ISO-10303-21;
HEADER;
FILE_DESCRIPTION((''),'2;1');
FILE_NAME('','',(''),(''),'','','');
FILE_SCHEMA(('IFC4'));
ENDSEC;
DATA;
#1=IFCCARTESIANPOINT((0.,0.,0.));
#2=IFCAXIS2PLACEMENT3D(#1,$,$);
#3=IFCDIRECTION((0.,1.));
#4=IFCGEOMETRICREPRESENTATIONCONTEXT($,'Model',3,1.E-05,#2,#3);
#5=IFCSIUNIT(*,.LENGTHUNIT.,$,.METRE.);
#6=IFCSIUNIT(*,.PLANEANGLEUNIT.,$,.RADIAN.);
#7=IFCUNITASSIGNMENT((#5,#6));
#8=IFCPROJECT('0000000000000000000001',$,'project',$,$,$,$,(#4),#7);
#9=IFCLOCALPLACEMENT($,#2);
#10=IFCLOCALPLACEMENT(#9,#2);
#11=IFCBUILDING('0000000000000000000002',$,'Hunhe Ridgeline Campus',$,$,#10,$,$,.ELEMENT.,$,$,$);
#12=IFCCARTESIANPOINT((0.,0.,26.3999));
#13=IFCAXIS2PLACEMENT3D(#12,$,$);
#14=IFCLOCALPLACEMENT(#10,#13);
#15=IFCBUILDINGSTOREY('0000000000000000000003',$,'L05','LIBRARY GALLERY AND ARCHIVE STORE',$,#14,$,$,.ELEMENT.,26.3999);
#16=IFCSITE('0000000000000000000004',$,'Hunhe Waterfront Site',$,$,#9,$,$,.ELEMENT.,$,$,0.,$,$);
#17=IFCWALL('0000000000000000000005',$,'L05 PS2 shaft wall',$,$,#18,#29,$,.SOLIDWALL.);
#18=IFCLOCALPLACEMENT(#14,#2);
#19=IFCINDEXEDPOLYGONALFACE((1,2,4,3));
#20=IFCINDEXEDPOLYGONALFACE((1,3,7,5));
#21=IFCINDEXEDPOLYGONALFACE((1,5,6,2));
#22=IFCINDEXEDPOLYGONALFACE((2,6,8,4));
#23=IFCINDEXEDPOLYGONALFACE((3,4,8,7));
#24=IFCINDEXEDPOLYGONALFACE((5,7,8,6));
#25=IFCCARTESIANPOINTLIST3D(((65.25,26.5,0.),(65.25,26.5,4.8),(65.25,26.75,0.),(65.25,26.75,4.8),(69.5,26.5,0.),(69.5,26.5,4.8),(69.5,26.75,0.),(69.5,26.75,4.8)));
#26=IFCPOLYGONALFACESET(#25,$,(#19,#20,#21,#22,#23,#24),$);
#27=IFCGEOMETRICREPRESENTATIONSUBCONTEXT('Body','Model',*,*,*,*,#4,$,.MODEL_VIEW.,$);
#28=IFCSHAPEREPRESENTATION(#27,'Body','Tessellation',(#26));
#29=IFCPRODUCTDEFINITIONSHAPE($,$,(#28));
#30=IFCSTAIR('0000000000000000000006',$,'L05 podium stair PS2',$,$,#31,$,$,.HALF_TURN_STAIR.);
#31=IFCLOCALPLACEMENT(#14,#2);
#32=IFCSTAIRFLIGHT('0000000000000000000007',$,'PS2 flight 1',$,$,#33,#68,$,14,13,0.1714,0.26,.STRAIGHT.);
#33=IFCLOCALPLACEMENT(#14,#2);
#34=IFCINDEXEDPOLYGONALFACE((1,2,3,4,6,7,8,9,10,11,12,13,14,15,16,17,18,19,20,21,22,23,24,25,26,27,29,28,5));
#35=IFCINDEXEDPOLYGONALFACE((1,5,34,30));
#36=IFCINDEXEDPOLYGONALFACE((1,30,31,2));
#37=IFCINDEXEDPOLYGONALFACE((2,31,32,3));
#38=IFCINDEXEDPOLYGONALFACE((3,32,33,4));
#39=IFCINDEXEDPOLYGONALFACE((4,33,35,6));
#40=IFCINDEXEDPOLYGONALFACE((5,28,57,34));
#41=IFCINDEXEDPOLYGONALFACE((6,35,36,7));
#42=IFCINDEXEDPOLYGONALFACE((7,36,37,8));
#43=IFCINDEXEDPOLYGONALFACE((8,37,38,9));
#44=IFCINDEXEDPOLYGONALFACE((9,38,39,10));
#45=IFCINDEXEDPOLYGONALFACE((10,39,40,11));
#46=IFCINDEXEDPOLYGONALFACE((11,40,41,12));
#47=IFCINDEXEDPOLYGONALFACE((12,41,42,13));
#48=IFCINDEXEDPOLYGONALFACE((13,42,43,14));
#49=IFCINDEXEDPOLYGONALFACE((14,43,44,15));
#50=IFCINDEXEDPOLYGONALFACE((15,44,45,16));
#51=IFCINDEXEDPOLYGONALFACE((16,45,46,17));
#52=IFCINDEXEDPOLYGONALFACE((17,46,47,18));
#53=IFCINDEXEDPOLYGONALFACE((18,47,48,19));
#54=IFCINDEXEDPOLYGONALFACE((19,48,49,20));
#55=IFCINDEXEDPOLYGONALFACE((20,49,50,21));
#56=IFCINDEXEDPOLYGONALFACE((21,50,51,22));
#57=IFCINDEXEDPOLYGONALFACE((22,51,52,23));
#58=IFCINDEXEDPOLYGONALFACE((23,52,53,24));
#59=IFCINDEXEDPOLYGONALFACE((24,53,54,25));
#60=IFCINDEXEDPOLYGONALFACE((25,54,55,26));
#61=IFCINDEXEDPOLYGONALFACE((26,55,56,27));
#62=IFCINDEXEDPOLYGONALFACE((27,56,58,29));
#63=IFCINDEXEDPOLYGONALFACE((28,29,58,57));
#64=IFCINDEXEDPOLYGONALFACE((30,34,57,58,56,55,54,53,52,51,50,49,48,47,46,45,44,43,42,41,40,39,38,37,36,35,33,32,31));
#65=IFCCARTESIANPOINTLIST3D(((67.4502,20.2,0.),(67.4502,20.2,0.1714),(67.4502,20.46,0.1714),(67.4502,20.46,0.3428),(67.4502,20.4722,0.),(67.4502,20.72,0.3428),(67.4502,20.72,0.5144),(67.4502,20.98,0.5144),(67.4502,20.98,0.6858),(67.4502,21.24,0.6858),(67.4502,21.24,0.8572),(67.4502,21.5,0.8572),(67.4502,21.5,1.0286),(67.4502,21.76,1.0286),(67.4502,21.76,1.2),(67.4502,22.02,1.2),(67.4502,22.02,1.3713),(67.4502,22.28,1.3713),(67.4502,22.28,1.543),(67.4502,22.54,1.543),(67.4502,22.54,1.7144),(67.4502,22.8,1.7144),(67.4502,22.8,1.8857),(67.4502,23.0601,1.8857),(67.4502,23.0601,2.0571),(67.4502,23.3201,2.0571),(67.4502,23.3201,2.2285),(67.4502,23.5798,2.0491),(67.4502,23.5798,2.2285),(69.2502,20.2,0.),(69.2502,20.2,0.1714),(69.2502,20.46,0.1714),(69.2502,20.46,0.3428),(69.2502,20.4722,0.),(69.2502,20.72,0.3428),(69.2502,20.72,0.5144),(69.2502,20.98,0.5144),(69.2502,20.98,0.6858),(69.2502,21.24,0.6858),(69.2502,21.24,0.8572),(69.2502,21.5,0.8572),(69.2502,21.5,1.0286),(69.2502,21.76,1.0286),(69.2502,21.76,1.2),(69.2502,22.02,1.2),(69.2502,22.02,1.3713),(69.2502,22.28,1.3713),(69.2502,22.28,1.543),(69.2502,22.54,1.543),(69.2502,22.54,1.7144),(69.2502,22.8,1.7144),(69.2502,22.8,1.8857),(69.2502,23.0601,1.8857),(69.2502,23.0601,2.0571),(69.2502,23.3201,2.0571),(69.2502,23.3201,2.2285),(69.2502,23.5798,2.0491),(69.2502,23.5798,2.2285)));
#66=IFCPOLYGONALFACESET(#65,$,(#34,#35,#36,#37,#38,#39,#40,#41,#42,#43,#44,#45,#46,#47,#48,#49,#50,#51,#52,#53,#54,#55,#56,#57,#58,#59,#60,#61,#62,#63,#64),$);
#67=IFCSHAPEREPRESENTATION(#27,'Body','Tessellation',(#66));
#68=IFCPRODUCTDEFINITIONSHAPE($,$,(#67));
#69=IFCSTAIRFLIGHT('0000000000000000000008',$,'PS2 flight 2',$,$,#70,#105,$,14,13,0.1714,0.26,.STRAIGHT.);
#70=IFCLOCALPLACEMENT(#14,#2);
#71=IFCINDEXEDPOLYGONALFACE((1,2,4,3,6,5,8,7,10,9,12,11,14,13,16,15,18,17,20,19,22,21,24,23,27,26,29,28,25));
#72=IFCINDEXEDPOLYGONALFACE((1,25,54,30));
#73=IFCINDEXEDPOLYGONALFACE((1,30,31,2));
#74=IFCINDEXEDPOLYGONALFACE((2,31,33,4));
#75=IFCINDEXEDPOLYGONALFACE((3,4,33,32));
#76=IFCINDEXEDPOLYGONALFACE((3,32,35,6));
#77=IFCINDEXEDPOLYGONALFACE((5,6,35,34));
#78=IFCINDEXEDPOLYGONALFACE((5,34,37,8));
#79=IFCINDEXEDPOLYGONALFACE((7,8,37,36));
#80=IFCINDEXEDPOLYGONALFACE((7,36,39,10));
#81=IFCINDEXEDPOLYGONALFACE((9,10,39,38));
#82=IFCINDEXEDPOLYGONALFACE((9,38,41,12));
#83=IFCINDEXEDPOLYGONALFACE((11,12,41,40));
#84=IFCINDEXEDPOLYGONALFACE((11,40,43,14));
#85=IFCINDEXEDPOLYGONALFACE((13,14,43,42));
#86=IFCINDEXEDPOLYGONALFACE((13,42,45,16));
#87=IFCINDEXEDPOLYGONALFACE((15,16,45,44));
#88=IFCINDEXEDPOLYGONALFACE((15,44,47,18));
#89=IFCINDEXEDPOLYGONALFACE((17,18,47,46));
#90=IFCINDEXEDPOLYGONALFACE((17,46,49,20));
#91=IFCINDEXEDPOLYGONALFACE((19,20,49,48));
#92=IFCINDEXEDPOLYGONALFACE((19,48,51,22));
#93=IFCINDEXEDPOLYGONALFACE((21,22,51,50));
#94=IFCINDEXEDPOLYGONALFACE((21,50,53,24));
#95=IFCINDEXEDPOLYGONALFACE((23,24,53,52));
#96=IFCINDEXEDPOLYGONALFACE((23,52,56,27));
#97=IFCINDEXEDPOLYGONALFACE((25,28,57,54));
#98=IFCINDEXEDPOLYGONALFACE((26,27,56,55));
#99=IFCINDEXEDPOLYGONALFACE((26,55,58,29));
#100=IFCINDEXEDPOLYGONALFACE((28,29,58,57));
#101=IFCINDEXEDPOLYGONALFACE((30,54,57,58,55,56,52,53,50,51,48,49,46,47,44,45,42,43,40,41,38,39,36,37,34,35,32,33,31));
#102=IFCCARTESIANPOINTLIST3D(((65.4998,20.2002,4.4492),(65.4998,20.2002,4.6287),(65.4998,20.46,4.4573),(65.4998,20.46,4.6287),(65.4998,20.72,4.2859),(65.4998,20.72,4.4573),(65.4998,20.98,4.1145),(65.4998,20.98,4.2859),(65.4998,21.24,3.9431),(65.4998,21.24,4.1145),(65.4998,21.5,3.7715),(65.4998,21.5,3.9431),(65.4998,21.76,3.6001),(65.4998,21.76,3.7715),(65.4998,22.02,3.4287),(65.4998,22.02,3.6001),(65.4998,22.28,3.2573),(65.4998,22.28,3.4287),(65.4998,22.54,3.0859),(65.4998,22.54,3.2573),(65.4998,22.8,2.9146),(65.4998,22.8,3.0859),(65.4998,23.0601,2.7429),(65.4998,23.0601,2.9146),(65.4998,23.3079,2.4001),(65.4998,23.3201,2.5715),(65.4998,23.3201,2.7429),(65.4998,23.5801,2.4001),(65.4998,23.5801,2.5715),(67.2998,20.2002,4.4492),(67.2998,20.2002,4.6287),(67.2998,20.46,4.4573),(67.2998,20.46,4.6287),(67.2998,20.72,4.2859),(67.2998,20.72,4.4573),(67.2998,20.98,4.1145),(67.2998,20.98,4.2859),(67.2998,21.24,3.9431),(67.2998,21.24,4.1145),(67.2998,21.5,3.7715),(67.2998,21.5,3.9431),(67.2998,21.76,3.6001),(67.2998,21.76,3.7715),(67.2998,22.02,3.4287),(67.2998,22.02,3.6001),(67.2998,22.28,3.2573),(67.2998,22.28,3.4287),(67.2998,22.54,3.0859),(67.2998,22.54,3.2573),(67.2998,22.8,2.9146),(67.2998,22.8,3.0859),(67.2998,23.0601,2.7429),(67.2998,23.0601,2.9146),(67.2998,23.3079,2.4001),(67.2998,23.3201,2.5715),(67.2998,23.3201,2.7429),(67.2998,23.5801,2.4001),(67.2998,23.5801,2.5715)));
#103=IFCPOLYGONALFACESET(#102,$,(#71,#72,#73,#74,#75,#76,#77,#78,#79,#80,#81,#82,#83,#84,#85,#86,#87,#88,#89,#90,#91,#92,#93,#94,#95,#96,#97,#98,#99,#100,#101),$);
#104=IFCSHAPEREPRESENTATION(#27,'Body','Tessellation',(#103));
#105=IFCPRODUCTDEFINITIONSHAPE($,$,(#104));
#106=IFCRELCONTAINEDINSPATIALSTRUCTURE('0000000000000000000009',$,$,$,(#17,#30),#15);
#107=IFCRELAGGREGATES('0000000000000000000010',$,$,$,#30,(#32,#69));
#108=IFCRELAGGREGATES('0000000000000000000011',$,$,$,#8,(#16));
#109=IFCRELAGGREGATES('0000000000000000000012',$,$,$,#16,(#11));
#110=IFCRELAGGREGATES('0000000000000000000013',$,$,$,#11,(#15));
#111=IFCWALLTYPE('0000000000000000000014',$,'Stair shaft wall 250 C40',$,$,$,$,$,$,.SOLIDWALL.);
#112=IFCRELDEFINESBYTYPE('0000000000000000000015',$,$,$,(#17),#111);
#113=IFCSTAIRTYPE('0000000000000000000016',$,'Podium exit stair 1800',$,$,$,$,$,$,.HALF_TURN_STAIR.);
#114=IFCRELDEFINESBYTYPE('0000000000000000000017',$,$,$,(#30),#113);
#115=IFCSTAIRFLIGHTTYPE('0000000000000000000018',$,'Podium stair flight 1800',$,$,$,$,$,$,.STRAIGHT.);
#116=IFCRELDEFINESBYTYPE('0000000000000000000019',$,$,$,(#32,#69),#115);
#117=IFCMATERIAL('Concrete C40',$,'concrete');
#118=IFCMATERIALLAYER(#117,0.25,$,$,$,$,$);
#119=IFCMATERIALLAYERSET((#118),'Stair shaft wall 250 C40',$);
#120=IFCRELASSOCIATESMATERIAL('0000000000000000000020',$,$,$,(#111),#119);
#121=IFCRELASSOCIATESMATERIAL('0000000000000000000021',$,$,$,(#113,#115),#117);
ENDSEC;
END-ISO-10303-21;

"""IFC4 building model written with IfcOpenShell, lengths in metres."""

from ifc_helpers import new_model, si_unit, direction, frame, frame_2d, origin, place, context, subcontext, project, spatial, polyline, rectangle, outline, extrude, material, layer, layer_set, type_object, element, aggregate, save


model = new_model("IFC4")

# Units and contexts
model_context = context("Model", 3, precision=1e-05, world=origin(), true_north=direction((0.0, 1.0)))
body_context = subcontext(model_context, "Body", "Model", "MODEL_VIEW")
ifc_project = project(units=[si_unit("LENGTHUNIT", "METRE"), si_unit("PLANEANGLEUNIT", "RADIAN")], contexts=[model_context])

# Site, building, storey
site_placement = place(None, origin())
site = spatial("IfcSite", under=ifc_project, at=site_placement, Name="Hunhe Waterfront Site", CompositionType="ELEMENT", RefElevation=0.0)
building_placement = place(site_placement, origin())
building = spatial("IfcBuilding", under=site, at=building_placement, Name="Hunhe Ridgeline Campus", CompositionType="ELEMENT")
storey_placement = place(building_placement, frame((0.0, 0.0, 26.3999)))
storey = spatial("IfcBuildingStorey", under=building, at=storey_placement, Name="L05", Description="LIBRARY GALLERY AND ARCHIVE STORE", CompositionType="ELEMENT", Elevation=26.3999)

# Shared definitions
ifc_material_1 = material(Name="Concrete C40", Category="concrete")
ifc_layer_1 = layer(ifc_material_1, 0.25)
ifc_layer_set_1 = layer_set([ifc_layer_1], Name="Stair shaft wall 250 C40")
wall_type_1 = type_object("IfcWallType", Name="Stair shaft wall 250 C40", PredefinedType="SOLIDWALL", material=ifc_layer_set_1)

# Wall
wall_1_placement = place(storey_placement, frame((65.25, 26.625, 0.0), z_axis=(0.0, 0.0, 1.0), x_axis=(1.0, 0.0, 0.0)))
element("IfcWall", 1, at=wall_1_placement, inside=storey, type_object=wall_type_1, Name="L05 PS2 shaft wall", PredefinedType="SOLIDWALL", context=body_context, shape_type="SweptSolid", body=[
    extrude(rectangle(XDim=4.25, YDim=0.25, at=frame_2d((2.125, 0.0))), origin(), (0.0, 0.0, 1.0), 4.8),
])

# Stair, stair flights
stair_type = type_object("IfcStairType", Name="Podium exit stair 1800", PredefinedType="HALF_TURN_STAIR", material=ifc_material_1)
stair_placement = place(storey_placement, origin())
stair = element("IfcStair", 2, at=stair_placement, inside=storey, type_object=stair_type, Name="L05 podium stair PS2", PredefinedType="HALF_TURN_STAIR")
stair_flight_type = type_object("IfcStairFlightType", Name="Podium stair flight 1800", PredefinedType="STRAIGHT", material=ifc_material_1)
stair_flight_1_placement = place(storey_placement, frame((68.3501, 20.2, 0.0), z_axis=(0.0, 0.0, 1.0), x_axis=(0.0, 1.0, 0.0)))
stair_flight_1 = element("IfcStairFlight", 3, at=stair_flight_1_placement, type_object=stair_flight_type, Name="PS2 flight 1", NumberOfRisers=14, NumberOfTreads=13, PredefinedType="STRAIGHT", RiserHeight=0.1714, TreadLength=0.26, context=body_context, shape_type="SweptSolid", body=[
    extrude(outline(polyline([(0.0, 0.0), (0.0, 0.1714), (0.26, 0.1714), (0.26, 0.3428), (0.52, 0.3428), (0.52, 0.5144), (0.78, 0.5144), (0.78, 0.6858), (1.04, 0.6858), (1.04, 0.8572), (1.3, 0.8572), (1.3, 1.0286), (1.5601, 1.0286), (1.5601, 1.2), (1.8201, 1.2), (1.8201, 1.3713), (2.0801, 1.3713), (2.0801, 1.543), (2.3401, 1.543), (2.3401, 1.7144), (2.6001, 1.7144), (2.6001, 1.8857), (2.8601, 1.8857), (2.8601, 2.0571), (3.1201, 2.0571), (3.1201, 2.2285), (3.3799, 2.2285), (3.3799, 2.3999), (3.3799, 2.0491), (0.2722, 0.0), (0.0, 0.0)])), frame((0.0, 0.8999, 0.0), z_axis=(0.0, -1.0, 0.0), x_axis=(1.0, 0.0, 0.0)), (0.0, 0.0, 1.0), 1.8),
])
stair_flight_2_placement = place(storey_placement, frame((66.3999, 23.5801, 2.4001), z_axis=(0.0, 0.0, 1.0), x_axis=(0.0, -1.0, 0.0)))
stair_flight_2 = element("IfcStairFlight", 4, at=stair_flight_2_placement, type_object=stair_flight_type, Name="PS2 flight 2", NumberOfRisers=14, NumberOfTreads=13, PredefinedType="STRAIGHT", RiserHeight=0.1714, TreadLength=0.26, context=body_context, shape_type="SweptSolid", body=[
    extrude(outline(polyline([(0.0, 0.0), (0.0, 0.1714), (0.26, 0.1714), (0.26, 0.3428), (0.52, 0.3428), (0.52, 0.5144), (0.78, 0.5144), (0.78, 0.6858), (1.04, 0.6858), (1.04, 0.8572), (1.3, 0.8572), (1.3, 1.0286), (1.5601, 1.0286), (1.5601, 1.2), (1.8201, 1.2), (1.8201, 1.3713), (2.0801, 1.3713), (2.0801, 1.543), (2.3401, 1.543), (2.3401, 1.7144), (2.6001, 1.7144), (2.6001, 1.8857), (2.8601, 1.8857), (2.8601, 2.0571), (3.1201, 2.0571), (3.1201, 2.2285), (3.3799, 2.2285), (3.3799, 2.3999), (3.3799, 2.0491), (0.2722, 0.0), (0.0, 0.0)])), frame((0.0, 0.8999, 0.0), z_axis=(0.0, -1.0, 0.0), x_axis=(1.0, 0.0, 0.0)), (0.0, 0.0, 1.0), 1.8),
])
aggregate(stair, [stair_flight_1, stair_flight_2])

save(model, "model.ifc")
